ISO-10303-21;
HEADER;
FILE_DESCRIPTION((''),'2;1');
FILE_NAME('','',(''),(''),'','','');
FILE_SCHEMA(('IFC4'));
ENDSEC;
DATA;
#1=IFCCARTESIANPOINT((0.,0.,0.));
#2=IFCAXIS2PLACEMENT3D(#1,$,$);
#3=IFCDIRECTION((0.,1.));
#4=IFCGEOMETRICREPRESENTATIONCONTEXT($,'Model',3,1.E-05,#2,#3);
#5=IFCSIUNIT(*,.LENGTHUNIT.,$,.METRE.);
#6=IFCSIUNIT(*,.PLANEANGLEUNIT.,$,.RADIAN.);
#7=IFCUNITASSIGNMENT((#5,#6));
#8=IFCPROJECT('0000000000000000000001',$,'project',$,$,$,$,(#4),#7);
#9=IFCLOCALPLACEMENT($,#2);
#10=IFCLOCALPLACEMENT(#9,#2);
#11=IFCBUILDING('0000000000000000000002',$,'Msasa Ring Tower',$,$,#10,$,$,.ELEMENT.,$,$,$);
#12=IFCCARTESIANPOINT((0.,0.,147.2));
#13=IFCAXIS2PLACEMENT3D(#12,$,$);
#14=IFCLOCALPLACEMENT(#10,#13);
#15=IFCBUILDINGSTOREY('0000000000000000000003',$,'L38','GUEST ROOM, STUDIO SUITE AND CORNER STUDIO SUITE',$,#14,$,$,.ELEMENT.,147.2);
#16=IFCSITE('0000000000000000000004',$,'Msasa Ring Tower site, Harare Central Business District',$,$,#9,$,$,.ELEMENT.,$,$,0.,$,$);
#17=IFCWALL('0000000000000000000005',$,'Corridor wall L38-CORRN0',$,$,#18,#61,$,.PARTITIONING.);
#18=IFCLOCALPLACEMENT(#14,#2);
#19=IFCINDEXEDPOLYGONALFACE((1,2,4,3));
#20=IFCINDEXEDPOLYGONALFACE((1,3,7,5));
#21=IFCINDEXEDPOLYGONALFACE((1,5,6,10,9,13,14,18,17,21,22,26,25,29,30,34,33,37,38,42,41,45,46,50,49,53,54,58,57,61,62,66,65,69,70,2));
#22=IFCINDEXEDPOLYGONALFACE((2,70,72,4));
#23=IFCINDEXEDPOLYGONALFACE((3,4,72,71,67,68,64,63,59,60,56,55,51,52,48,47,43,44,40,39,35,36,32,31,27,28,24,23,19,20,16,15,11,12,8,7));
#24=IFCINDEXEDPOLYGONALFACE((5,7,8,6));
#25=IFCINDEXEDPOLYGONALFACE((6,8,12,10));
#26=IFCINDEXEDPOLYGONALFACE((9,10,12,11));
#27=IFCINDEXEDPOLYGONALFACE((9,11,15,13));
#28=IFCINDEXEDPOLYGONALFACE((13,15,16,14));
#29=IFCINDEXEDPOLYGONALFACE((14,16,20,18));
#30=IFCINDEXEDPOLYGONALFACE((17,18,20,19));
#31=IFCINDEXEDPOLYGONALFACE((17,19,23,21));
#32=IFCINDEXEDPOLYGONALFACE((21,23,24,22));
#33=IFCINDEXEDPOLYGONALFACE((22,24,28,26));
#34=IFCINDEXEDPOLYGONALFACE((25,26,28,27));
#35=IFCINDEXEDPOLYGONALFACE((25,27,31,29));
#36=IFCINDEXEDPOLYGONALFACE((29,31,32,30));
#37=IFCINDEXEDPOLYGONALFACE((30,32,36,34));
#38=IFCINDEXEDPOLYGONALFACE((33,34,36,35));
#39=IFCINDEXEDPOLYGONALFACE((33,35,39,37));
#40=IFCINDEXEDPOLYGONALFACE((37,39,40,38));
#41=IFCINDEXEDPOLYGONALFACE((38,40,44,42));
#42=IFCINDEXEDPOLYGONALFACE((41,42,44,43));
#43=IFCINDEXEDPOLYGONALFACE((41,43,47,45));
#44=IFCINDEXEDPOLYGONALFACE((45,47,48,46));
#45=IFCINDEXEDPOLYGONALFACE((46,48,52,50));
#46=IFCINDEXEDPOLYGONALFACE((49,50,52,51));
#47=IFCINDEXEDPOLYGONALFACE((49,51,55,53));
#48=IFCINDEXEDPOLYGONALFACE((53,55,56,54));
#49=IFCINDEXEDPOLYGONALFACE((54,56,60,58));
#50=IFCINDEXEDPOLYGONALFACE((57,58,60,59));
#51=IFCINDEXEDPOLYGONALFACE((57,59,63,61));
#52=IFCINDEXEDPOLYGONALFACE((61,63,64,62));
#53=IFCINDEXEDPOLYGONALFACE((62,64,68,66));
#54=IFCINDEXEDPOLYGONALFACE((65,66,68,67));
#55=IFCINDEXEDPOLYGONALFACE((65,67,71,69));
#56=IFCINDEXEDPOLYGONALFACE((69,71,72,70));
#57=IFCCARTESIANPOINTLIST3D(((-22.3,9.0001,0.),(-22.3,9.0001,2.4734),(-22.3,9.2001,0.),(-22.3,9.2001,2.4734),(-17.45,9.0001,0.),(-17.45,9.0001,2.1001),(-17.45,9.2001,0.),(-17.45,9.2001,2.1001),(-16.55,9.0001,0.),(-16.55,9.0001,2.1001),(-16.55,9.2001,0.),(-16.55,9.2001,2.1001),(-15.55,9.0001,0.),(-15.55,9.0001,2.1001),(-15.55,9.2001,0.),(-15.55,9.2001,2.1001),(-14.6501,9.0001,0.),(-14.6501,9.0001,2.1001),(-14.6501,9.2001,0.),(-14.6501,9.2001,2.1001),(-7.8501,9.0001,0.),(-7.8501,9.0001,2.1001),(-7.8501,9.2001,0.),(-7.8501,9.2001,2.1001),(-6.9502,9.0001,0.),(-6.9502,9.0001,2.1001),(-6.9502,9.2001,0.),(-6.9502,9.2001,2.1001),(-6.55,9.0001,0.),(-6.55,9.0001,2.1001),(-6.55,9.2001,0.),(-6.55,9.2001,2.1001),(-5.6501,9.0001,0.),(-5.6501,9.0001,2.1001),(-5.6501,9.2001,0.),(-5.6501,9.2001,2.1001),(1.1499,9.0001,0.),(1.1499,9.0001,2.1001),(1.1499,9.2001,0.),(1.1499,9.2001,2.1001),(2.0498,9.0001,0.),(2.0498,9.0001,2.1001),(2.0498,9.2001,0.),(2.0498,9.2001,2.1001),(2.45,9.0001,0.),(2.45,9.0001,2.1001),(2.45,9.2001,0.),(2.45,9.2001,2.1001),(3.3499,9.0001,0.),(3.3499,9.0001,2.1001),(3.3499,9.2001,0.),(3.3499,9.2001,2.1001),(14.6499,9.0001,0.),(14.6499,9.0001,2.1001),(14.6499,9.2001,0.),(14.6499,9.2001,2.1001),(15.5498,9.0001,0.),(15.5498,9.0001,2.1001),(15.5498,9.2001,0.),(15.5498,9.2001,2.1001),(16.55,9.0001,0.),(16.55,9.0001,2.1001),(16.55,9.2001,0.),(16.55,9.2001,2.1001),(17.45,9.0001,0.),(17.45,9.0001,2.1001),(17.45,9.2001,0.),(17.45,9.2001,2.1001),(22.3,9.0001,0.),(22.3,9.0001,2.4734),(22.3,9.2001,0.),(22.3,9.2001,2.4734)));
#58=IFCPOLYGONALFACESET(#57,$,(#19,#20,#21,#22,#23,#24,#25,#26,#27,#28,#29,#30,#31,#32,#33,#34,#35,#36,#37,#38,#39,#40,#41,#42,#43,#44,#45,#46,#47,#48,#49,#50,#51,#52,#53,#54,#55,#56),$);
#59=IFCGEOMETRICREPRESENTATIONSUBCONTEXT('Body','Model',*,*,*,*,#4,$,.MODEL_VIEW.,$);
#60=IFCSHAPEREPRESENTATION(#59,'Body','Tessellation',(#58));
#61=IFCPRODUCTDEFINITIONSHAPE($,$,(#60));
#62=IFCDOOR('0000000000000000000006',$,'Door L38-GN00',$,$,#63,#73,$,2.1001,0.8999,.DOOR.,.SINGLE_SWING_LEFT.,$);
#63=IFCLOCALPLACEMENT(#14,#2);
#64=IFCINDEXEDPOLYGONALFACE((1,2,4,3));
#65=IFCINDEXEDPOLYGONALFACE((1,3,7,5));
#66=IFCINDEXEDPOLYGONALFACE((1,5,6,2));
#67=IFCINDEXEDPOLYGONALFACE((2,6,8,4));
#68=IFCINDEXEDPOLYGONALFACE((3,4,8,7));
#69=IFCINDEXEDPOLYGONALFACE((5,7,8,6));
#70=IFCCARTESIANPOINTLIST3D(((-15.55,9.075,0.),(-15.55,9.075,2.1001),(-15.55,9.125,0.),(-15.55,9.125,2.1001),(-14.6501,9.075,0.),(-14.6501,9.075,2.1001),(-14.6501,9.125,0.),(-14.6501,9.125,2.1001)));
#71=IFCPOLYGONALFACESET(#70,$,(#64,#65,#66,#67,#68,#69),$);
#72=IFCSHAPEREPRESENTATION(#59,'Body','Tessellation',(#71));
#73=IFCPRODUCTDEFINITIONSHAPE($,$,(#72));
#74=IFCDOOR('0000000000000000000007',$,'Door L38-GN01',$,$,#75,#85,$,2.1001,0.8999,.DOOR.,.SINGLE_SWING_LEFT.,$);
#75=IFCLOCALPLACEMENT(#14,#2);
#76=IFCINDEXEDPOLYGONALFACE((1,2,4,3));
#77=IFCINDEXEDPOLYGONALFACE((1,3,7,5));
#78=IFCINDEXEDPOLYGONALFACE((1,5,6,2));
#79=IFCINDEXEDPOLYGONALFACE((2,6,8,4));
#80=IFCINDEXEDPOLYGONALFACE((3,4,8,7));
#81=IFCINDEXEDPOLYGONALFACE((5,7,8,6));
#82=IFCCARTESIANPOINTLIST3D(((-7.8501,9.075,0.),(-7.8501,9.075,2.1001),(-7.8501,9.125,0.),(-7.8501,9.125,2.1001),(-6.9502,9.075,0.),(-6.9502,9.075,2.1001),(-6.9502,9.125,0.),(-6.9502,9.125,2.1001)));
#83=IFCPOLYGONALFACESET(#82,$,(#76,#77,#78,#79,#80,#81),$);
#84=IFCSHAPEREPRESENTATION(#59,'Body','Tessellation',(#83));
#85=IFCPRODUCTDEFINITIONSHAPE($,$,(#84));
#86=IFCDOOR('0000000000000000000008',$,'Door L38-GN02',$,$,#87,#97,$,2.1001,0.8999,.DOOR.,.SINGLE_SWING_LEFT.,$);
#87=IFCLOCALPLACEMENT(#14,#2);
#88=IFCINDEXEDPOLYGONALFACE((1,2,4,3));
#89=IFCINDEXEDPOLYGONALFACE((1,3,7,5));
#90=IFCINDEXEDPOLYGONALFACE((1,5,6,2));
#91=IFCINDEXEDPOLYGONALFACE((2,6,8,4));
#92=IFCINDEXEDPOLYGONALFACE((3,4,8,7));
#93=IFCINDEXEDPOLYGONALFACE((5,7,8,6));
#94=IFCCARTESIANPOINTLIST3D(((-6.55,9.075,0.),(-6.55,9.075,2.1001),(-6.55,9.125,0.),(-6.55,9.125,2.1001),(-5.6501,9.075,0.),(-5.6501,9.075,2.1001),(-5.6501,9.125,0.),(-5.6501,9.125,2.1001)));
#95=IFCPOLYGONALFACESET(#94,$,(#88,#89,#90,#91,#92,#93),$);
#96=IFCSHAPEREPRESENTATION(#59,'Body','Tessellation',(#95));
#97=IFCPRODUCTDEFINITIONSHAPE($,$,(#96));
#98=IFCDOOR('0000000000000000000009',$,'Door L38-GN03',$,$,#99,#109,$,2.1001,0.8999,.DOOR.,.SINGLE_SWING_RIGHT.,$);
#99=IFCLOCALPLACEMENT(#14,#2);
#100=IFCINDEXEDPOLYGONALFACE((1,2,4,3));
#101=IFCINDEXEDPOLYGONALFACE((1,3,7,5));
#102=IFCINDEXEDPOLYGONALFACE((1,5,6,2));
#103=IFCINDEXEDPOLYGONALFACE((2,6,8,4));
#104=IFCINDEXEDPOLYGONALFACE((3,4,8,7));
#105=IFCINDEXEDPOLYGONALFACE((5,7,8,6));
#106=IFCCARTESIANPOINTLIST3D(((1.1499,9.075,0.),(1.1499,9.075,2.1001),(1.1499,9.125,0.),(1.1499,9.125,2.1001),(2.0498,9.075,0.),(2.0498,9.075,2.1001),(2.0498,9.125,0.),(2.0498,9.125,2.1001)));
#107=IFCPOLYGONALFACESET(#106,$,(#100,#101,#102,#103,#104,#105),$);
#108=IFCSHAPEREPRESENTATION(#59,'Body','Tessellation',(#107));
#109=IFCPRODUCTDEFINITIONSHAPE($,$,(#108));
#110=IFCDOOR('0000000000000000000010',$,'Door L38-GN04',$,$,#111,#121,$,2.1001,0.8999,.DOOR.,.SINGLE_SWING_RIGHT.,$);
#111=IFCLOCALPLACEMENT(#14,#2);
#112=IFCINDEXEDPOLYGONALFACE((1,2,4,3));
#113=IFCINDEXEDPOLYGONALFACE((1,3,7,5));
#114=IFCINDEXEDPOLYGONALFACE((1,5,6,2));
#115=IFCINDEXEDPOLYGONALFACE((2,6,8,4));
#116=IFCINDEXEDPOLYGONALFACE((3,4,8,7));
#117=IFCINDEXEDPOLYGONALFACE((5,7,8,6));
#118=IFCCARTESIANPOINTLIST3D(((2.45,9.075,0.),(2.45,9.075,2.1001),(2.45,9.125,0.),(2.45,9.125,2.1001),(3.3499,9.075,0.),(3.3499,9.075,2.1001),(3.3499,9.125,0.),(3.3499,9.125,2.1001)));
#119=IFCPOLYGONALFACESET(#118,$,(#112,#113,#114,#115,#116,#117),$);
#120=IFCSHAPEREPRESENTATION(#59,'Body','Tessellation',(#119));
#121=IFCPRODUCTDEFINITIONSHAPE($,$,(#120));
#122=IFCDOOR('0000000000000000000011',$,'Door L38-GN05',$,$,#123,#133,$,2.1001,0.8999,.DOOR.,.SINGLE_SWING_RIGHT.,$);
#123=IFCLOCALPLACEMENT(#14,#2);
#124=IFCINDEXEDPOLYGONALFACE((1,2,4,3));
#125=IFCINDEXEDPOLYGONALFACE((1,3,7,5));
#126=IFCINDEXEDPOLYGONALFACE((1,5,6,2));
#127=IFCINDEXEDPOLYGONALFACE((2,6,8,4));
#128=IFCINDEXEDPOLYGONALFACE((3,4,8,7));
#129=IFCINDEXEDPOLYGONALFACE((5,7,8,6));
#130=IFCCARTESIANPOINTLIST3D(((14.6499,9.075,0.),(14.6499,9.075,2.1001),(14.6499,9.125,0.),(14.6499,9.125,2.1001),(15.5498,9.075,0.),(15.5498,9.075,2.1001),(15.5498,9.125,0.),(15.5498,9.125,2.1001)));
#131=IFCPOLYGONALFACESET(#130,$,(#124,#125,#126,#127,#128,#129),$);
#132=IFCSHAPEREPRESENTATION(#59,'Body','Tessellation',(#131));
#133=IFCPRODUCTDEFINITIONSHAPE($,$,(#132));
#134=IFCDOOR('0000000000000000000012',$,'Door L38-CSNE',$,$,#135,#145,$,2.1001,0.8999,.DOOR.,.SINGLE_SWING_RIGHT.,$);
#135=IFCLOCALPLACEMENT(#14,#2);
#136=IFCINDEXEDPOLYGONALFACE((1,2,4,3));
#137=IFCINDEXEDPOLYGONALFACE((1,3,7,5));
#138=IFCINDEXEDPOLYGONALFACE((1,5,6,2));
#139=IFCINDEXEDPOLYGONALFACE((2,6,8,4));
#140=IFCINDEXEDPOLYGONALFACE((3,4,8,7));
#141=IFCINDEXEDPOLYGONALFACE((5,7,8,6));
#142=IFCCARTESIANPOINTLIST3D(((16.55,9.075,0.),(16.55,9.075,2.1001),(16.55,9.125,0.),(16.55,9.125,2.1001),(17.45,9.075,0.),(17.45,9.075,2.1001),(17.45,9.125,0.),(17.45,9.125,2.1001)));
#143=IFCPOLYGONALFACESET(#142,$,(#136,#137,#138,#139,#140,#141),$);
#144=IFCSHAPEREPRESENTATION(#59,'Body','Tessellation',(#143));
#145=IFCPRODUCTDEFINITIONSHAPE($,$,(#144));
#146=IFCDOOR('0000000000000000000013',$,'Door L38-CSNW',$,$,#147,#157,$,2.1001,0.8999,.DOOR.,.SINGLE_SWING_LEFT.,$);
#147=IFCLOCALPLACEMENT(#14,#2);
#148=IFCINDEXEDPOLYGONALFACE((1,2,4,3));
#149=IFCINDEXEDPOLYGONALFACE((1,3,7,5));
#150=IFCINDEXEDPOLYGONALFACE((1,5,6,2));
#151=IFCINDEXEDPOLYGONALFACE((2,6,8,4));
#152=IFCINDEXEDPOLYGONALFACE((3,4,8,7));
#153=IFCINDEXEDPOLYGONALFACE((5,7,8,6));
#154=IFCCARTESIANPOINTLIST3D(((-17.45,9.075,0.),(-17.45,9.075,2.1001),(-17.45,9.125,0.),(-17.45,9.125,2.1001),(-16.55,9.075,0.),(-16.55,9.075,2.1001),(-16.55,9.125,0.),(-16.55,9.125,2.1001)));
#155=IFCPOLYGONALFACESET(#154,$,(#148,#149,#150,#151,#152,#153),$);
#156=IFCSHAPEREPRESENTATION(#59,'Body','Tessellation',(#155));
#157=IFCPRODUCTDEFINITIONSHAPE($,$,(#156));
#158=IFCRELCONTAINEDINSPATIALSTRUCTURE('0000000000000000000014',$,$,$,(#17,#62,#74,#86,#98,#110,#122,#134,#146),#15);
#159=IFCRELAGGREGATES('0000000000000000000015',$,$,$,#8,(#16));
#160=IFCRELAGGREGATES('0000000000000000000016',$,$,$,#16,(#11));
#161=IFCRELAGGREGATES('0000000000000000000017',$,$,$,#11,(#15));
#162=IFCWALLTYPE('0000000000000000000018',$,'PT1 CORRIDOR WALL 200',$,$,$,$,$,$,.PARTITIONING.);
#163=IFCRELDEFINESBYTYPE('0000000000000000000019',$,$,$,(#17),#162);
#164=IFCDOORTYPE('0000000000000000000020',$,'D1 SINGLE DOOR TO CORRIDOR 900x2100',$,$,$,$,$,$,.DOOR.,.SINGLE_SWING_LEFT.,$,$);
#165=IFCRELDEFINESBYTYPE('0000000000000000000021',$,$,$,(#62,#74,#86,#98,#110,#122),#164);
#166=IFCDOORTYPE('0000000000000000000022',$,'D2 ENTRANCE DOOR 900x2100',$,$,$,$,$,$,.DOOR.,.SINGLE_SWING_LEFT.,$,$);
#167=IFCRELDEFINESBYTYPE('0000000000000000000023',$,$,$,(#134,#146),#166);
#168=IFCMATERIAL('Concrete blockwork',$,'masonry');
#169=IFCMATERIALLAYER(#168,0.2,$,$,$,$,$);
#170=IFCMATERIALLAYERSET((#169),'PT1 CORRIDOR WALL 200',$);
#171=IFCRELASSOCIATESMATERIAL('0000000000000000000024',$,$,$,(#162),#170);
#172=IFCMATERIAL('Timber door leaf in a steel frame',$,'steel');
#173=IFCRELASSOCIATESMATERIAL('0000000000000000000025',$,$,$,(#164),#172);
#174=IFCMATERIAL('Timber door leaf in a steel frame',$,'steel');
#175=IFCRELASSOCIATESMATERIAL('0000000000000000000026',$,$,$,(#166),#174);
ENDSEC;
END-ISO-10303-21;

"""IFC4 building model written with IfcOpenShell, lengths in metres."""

from ifc_helpers import new_model, si_unit, direction, frame, frame_2d, origin, place, context, subcontext, project, spatial, rectangle, extrude, material, layer, layer_set, type_object, element, fill, save


model = new_model("IFC4")

# Units and contexts
model_context = context("Model", 3, precision=1e-05, world=origin(), true_north=direction((0.0, 1.0)))
body_context = subcontext(model_context, "Body", "Model", "MODEL_VIEW")
ifc_project = project(units=[si_unit("LENGTHUNIT", "METRE"), si_unit("PLANEANGLEUNIT", "RADIAN")], contexts=[model_context])

# Site, building, storey
site_placement = place(None, origin())
site = spatial("IfcSite", under=ifc_project, at=site_placement, Name="Msasa Ring Tower site, Harare Central Business District", CompositionType="ELEMENT", RefElevation=0.0)
building_placement = place(site_placement, origin())
building = spatial("IfcBuilding", under=site, at=building_placement, Name="Msasa Ring Tower", CompositionType="ELEMENT")
storey_placement = place(building_placement, frame((0.0, 0.0, 147.2)))
storey = spatial("IfcBuildingStorey", under=building, at=storey_placement, Name="L38", Description="GUEST ROOM, STUDIO SUITE AND CORNER STUDIO SUITE", CompositionType="ELEMENT", Elevation=147.2)

# Wall, openings, doors
ifc_material_1 = material(Name="Concrete blockwork", Category="masonry")
ifc_layer_1 = layer(ifc_material_1, 0.2)
ifc_layer_set_1 = layer_set([ifc_layer_1], Name="PT1 CORRIDOR WALL 200")
wall_type_1 = type_object("IfcWallType", Name="PT1 CORRIDOR WALL 200", PredefinedType="PARTITIONING", material=ifc_layer_set_1)
wall_1_placement = place(storey_placement, frame((-22.3, 9.1001, 0.0), z_axis=(0.0, 0.0, 1.0), x_axis=(1.0, 0.0, 0.0)))
wall_1 = element("IfcWall", 1, at=wall_1_placement, inside=storey, type_object=wall_type_1, Name="Corridor wall L38-CORRN0", PredefinedType="PARTITIONING", context=body_context, shape_type="SweptSolid", body=[
    extrude(rectangle(XDim=44.6001, YDim=0.2, at=frame_2d((22.3, 0.0))), origin(), (0.0, 0.0, 1.0), 2.4734),
])
opening_1_placement = place(wall_1_placement, frame((6.75, 0.0, 0.0)))
opening_1 = element("IfcOpeningElement", 2, at=opening_1_placement, cuts=wall_1, PredefinedType="OPENING", context=body_context, shape_type="SweptSolid", body=[
    extrude(rectangle(XDim=0.8999, YDim=2.1001, at=frame_2d((0.45, 1.05))), frame((0.0, 0.1099, 0.0), z_axis=(0.0, -1.0, 0.0), x_axis=(1.0, 0.0, 0.0)), (0.0, 0.0, 1.0), 0.22),
])
opening_2_placement = place(wall_1_placement, frame((14.45, 0.0, 0.0)))
opening_2 = element("IfcOpeningElement", 3, at=opening_2_placement, cuts=wall_1, PredefinedType="OPENING", context=body_context, shape_type="SweptSolid", body=[
    extrude(rectangle(XDim=0.8999, YDim=2.1001, at=frame_2d((0.45, 1.05))), frame((0.0, 0.1099, 0.0), z_axis=(0.0, -1.0, 0.0), x_axis=(1.0, 0.0, 0.0)), (0.0, 0.0, 1.0), 0.22),
])
opening_3_placement = place(wall_1_placement, frame((15.75, 0.0, 0.0)))
opening_3 = element("IfcOpeningElement", 4, at=opening_3_placement, cuts=wall_1, PredefinedType="OPENING", context=body_context, shape_type="SweptSolid", body=[
    extrude(rectangle(XDim=0.8999, YDim=2.1001, at=frame_2d((0.45, 1.05))), frame((0.0, 0.1099, 0.0), z_axis=(0.0, -1.0, 0.0), x_axis=(1.0, 0.0, 0.0)), (0.0, 0.0, 1.0), 0.22),
])
opening_4_placement = place(wall_1_placement, frame((23.45, 0.0, 0.0)))
opening_4 = element("IfcOpeningElement", 5, at=opening_4_placement, cuts=wall_1, PredefinedType="OPENING", context=body_context, shape_type="SweptSolid", body=[
    extrude(rectangle(XDim=0.8999, YDim=2.1001, at=frame_2d((0.45, 1.05))), frame((0.0, 0.1099, 0.0), z_axis=(0.0, -1.0, 0.0), x_axis=(1.0, 0.0, 0.0)), (0.0, 0.0, 1.0), 0.22),
])
opening_5_placement = place(wall_1_placement, frame((24.75, 0.0, 0.0)))
opening_5 = element("IfcOpeningElement", 6, at=opening_5_placement, cuts=wall_1, PredefinedType="OPENING", context=body_context, shape_type="SweptSolid", body=[
    extrude(rectangle(XDim=0.8999, YDim=2.1001, at=frame_2d((0.45, 1.05))), frame((0.0, 0.1099, 0.0), z_axis=(0.0, -1.0, 0.0), x_axis=(1.0, 0.0, 0.0)), (0.0, 0.0, 1.0), 0.22),
])
opening_6_placement = place(wall_1_placement, frame((36.95, 0.0, 0.0)))
opening_6 = element("IfcOpeningElement", 7, at=opening_6_placement, cuts=wall_1, PredefinedType="OPENING", context=body_context, shape_type="SweptSolid", body=[
    extrude(rectangle(XDim=0.8999, YDim=2.1001, at=frame_2d((0.45, 1.05))), frame((0.0, 0.1099, 0.0), z_axis=(0.0, -1.0, 0.0), x_axis=(1.0, 0.0, 0.0)), (0.0, 0.0, 1.0), 0.22),
])
opening_7_placement = place(wall_1_placement, frame((38.8501, 0.0, 0.0)))
opening_7 = element("IfcOpeningElement", 8, at=opening_7_placement, cuts=wall_1, PredefinedType="OPENING", context=body_context, shape_type="SweptSolid", body=[
    extrude(rectangle(XDim=0.8999, YDim=2.1001, at=frame_2d((0.45, 1.05))), frame((0.0, 0.1099, 0.0), z_axis=(0.0, -1.0, 0.0), x_axis=(1.0, 0.0, 0.0)), (0.0, 0.0, 1.0), 0.22),
])
opening_8_placement = place(wall_1_placement, frame((4.8501, 0.0, 0.0)))
opening_8 = element("IfcOpeningElement", 9, at=opening_8_placement, cuts=wall_1, PredefinedType="OPENING", context=body_context, shape_type="SweptSolid", body=[
    extrude(rectangle(XDim=0.8999, YDim=2.1001, at=frame_2d((0.45, 1.05))), frame((0.0, 0.1099, 0.0), z_axis=(0.0, -1.0, 0.0), x_axis=(1.0, 0.0, 0.0)), (0.0, 0.0, 1.0), 0.22),
])
ifc_material_2 = material(Name="Timber door leaf in a steel frame", Category="steel")
door_type_1 = type_object("IfcDoorType", Name="D1 SINGLE DOOR TO CORRIDOR 900x2100", OperationType="SINGLE_SWING_LEFT", PredefinedType="DOOR", material=ifc_material_2)
door_1_placement = place(opening_1_placement, origin())
door_1 = element("IfcDoor", 10, at=door_1_placement, inside=storey, type_object=door_type_1, Name="Door L38-GN00", OperationType="SINGLE_SWING_LEFT", OverallHeight=2.1001, OverallWidth=0.8999, PredefinedType="DOOR", context=body_context, shape_type="SweptSolid", body=[
    extrude(rectangle(XDim=0.8999, YDim=2.1001, at=frame_2d((0.45, 1.05))), frame((0.0, 0.0249, 0.0), z_axis=(0.0, -1.0, 0.0), x_axis=(1.0, 0.0, 0.0)), (0.0, 0.0, 1.0), 0.05),
])
fill(opening_1, door_1)
door_2_placement = place(opening_2_placement, origin())
door_2 = element("IfcDoor", 11, at=door_2_placement, inside=storey, type_object=door_type_1, Name="Door L38-GN01", OperationType="SINGLE_SWING_LEFT", OverallHeight=2.1001, OverallWidth=0.8999, PredefinedType="DOOR", context=body_context, shape_type="SweptSolid", body=[
    extrude(rectangle(XDim=0.8999, YDim=2.1001, at=frame_2d((0.45, 1.05))), frame((0.0, 0.0249, 0.0), z_axis=(0.0, -1.0, 0.0), x_axis=(1.0, 0.0, 0.0)), (0.0, 0.0, 1.0), 0.05),
])
fill(opening_2, door_2)
door_3_placement = place(opening_3_placement, origin())
door_3 = element("IfcDoor", 12, at=door_3_placement, inside=storey, type_object=door_type_1, Name="Door L38-GN02", OperationType="SINGLE_SWING_LEFT", OverallHeight=2.1001, OverallWidth=0.8999, PredefinedType="DOOR", context=body_context, shape_type="SweptSolid", body=[
    extrude(rectangle(XDim=0.8999, YDim=2.1001, at=frame_2d((0.45, 1.05))), frame((0.0, 0.0249, 0.0), z_axis=(0.0, -1.0, 0.0), x_axis=(1.0, 0.0, 0.0)), (0.0, 0.0, 1.0), 0.05),
])
fill(opening_3, door_3)
door_4_placement = place(opening_4_placement, origin())
door_4 = element("IfcDoor", 13, at=door_4_placement, inside=storey, type_object=door_type_1, Name="Door L38-GN03", OperationType="SINGLE_SWING_RIGHT", OverallHeight=2.1001, OverallWidth=0.8999, PredefinedType="DOOR", context=body_context, shape_type="SweptSolid", body=[
    extrude(rectangle(XDim=0.8999, YDim=2.1001, at=frame_2d((0.45, 1.05))), frame((0.0, 0.0249, 0.0), z_axis=(0.0, -1.0, 0.0), x_axis=(1.0, 0.0, 0.0)), (0.0, 0.0, 1.0), 0.05),
])
fill(opening_4, door_4)
door_5_placement = place(opening_5_placement, origin())
door_5 = element("IfcDoor", 14, at=door_5_placement, inside=storey, type_object=door_type_1, Name="Door L38-GN04", OperationType="SINGLE_SWING_RIGHT", OverallHeight=2.1001, OverallWidth=0.8999, PredefinedType="DOOR", context=body_context, shape_type="SweptSolid", body=[
    extrude(rectangle(XDim=0.8999, YDim=2.1001, at=frame_2d((0.45, 1.05))), frame((0.0, 0.0249, 0.0), z_axis=(0.0, -1.0, 0.0), x_axis=(1.0, 0.0, 0.0)), (0.0, 0.0, 1.0), 0.05),
])
fill(opening_5, door_5)
door_6_placement = place(opening_6_placement, origin())
door_6 = element("IfcDoor", 15, at=door_6_placement, inside=storey, type_object=door_type_1, Name="Door L38-GN05", OperationType="SINGLE_SWING_RIGHT", OverallHeight=2.1001, OverallWidth=0.8999, PredefinedType="DOOR", context=body_context, shape_type="SweptSolid", body=[
    extrude(rectangle(XDim=0.8999, YDim=2.1001, at=frame_2d((0.45, 1.05))), frame((0.0, 0.0249, 0.0), z_axis=(0.0, -1.0, 0.0), x_axis=(1.0, 0.0, 0.0)), (0.0, 0.0, 1.0), 0.05),
])
fill(opening_6, door_6)
ifc_material_3 = material(Name="Timber door leaf in a steel frame", Category="steel")
door_type_2 = type_object("IfcDoorType", Name="D2 ENTRANCE DOOR 900x2100", OperationType="SINGLE_SWING_LEFT", PredefinedType="DOOR", material=ifc_material_3)
door_7_placement = place(opening_7_placement, origin())
door_7 = element("IfcDoor", 16, at=door_7_placement, inside=storey, type_object=door_type_2, Name="Door L38-CSNE", OperationType="SINGLE_SWING_RIGHT", OverallHeight=2.1001, OverallWidth=0.8999, PredefinedType="DOOR", context=body_context, shape_type="SweptSolid", body=[
    extrude(rectangle(XDim=0.8999, YDim=2.1001, at=frame_2d((0.45, 1.05))), frame((0.0, 0.0249, 0.0), z_axis=(0.0, -1.0, 0.0), x_axis=(1.0, 0.0, 0.0)), (0.0, 0.0, 1.0), 0.05),
])
fill(opening_7, door_7)
door_8_placement = place(opening_8_placement, origin())
door_8 = element("IfcDoor", 17, at=door_8_placement, inside=storey, type_object=door_type_2, Name="Door L38-CSNW", OperationType="SINGLE_SWING_LEFT", OverallHeight=2.1001, OverallWidth=0.8999, PredefinedType="DOOR", context=body_context, shape_type="SweptSolid", body=[
    extrude(rectangle(XDim=0.8999, YDim=2.1001, at=frame_2d((0.45, 1.05))), frame((0.0, 0.0249, 0.0), z_axis=(0.0, -1.0, 0.0), x_axis=(1.0, 0.0, 0.0)), (0.0, 0.0, 1.0), 0.05),
])
fill(opening_8, door_8)

save(model, "model.ifc")
